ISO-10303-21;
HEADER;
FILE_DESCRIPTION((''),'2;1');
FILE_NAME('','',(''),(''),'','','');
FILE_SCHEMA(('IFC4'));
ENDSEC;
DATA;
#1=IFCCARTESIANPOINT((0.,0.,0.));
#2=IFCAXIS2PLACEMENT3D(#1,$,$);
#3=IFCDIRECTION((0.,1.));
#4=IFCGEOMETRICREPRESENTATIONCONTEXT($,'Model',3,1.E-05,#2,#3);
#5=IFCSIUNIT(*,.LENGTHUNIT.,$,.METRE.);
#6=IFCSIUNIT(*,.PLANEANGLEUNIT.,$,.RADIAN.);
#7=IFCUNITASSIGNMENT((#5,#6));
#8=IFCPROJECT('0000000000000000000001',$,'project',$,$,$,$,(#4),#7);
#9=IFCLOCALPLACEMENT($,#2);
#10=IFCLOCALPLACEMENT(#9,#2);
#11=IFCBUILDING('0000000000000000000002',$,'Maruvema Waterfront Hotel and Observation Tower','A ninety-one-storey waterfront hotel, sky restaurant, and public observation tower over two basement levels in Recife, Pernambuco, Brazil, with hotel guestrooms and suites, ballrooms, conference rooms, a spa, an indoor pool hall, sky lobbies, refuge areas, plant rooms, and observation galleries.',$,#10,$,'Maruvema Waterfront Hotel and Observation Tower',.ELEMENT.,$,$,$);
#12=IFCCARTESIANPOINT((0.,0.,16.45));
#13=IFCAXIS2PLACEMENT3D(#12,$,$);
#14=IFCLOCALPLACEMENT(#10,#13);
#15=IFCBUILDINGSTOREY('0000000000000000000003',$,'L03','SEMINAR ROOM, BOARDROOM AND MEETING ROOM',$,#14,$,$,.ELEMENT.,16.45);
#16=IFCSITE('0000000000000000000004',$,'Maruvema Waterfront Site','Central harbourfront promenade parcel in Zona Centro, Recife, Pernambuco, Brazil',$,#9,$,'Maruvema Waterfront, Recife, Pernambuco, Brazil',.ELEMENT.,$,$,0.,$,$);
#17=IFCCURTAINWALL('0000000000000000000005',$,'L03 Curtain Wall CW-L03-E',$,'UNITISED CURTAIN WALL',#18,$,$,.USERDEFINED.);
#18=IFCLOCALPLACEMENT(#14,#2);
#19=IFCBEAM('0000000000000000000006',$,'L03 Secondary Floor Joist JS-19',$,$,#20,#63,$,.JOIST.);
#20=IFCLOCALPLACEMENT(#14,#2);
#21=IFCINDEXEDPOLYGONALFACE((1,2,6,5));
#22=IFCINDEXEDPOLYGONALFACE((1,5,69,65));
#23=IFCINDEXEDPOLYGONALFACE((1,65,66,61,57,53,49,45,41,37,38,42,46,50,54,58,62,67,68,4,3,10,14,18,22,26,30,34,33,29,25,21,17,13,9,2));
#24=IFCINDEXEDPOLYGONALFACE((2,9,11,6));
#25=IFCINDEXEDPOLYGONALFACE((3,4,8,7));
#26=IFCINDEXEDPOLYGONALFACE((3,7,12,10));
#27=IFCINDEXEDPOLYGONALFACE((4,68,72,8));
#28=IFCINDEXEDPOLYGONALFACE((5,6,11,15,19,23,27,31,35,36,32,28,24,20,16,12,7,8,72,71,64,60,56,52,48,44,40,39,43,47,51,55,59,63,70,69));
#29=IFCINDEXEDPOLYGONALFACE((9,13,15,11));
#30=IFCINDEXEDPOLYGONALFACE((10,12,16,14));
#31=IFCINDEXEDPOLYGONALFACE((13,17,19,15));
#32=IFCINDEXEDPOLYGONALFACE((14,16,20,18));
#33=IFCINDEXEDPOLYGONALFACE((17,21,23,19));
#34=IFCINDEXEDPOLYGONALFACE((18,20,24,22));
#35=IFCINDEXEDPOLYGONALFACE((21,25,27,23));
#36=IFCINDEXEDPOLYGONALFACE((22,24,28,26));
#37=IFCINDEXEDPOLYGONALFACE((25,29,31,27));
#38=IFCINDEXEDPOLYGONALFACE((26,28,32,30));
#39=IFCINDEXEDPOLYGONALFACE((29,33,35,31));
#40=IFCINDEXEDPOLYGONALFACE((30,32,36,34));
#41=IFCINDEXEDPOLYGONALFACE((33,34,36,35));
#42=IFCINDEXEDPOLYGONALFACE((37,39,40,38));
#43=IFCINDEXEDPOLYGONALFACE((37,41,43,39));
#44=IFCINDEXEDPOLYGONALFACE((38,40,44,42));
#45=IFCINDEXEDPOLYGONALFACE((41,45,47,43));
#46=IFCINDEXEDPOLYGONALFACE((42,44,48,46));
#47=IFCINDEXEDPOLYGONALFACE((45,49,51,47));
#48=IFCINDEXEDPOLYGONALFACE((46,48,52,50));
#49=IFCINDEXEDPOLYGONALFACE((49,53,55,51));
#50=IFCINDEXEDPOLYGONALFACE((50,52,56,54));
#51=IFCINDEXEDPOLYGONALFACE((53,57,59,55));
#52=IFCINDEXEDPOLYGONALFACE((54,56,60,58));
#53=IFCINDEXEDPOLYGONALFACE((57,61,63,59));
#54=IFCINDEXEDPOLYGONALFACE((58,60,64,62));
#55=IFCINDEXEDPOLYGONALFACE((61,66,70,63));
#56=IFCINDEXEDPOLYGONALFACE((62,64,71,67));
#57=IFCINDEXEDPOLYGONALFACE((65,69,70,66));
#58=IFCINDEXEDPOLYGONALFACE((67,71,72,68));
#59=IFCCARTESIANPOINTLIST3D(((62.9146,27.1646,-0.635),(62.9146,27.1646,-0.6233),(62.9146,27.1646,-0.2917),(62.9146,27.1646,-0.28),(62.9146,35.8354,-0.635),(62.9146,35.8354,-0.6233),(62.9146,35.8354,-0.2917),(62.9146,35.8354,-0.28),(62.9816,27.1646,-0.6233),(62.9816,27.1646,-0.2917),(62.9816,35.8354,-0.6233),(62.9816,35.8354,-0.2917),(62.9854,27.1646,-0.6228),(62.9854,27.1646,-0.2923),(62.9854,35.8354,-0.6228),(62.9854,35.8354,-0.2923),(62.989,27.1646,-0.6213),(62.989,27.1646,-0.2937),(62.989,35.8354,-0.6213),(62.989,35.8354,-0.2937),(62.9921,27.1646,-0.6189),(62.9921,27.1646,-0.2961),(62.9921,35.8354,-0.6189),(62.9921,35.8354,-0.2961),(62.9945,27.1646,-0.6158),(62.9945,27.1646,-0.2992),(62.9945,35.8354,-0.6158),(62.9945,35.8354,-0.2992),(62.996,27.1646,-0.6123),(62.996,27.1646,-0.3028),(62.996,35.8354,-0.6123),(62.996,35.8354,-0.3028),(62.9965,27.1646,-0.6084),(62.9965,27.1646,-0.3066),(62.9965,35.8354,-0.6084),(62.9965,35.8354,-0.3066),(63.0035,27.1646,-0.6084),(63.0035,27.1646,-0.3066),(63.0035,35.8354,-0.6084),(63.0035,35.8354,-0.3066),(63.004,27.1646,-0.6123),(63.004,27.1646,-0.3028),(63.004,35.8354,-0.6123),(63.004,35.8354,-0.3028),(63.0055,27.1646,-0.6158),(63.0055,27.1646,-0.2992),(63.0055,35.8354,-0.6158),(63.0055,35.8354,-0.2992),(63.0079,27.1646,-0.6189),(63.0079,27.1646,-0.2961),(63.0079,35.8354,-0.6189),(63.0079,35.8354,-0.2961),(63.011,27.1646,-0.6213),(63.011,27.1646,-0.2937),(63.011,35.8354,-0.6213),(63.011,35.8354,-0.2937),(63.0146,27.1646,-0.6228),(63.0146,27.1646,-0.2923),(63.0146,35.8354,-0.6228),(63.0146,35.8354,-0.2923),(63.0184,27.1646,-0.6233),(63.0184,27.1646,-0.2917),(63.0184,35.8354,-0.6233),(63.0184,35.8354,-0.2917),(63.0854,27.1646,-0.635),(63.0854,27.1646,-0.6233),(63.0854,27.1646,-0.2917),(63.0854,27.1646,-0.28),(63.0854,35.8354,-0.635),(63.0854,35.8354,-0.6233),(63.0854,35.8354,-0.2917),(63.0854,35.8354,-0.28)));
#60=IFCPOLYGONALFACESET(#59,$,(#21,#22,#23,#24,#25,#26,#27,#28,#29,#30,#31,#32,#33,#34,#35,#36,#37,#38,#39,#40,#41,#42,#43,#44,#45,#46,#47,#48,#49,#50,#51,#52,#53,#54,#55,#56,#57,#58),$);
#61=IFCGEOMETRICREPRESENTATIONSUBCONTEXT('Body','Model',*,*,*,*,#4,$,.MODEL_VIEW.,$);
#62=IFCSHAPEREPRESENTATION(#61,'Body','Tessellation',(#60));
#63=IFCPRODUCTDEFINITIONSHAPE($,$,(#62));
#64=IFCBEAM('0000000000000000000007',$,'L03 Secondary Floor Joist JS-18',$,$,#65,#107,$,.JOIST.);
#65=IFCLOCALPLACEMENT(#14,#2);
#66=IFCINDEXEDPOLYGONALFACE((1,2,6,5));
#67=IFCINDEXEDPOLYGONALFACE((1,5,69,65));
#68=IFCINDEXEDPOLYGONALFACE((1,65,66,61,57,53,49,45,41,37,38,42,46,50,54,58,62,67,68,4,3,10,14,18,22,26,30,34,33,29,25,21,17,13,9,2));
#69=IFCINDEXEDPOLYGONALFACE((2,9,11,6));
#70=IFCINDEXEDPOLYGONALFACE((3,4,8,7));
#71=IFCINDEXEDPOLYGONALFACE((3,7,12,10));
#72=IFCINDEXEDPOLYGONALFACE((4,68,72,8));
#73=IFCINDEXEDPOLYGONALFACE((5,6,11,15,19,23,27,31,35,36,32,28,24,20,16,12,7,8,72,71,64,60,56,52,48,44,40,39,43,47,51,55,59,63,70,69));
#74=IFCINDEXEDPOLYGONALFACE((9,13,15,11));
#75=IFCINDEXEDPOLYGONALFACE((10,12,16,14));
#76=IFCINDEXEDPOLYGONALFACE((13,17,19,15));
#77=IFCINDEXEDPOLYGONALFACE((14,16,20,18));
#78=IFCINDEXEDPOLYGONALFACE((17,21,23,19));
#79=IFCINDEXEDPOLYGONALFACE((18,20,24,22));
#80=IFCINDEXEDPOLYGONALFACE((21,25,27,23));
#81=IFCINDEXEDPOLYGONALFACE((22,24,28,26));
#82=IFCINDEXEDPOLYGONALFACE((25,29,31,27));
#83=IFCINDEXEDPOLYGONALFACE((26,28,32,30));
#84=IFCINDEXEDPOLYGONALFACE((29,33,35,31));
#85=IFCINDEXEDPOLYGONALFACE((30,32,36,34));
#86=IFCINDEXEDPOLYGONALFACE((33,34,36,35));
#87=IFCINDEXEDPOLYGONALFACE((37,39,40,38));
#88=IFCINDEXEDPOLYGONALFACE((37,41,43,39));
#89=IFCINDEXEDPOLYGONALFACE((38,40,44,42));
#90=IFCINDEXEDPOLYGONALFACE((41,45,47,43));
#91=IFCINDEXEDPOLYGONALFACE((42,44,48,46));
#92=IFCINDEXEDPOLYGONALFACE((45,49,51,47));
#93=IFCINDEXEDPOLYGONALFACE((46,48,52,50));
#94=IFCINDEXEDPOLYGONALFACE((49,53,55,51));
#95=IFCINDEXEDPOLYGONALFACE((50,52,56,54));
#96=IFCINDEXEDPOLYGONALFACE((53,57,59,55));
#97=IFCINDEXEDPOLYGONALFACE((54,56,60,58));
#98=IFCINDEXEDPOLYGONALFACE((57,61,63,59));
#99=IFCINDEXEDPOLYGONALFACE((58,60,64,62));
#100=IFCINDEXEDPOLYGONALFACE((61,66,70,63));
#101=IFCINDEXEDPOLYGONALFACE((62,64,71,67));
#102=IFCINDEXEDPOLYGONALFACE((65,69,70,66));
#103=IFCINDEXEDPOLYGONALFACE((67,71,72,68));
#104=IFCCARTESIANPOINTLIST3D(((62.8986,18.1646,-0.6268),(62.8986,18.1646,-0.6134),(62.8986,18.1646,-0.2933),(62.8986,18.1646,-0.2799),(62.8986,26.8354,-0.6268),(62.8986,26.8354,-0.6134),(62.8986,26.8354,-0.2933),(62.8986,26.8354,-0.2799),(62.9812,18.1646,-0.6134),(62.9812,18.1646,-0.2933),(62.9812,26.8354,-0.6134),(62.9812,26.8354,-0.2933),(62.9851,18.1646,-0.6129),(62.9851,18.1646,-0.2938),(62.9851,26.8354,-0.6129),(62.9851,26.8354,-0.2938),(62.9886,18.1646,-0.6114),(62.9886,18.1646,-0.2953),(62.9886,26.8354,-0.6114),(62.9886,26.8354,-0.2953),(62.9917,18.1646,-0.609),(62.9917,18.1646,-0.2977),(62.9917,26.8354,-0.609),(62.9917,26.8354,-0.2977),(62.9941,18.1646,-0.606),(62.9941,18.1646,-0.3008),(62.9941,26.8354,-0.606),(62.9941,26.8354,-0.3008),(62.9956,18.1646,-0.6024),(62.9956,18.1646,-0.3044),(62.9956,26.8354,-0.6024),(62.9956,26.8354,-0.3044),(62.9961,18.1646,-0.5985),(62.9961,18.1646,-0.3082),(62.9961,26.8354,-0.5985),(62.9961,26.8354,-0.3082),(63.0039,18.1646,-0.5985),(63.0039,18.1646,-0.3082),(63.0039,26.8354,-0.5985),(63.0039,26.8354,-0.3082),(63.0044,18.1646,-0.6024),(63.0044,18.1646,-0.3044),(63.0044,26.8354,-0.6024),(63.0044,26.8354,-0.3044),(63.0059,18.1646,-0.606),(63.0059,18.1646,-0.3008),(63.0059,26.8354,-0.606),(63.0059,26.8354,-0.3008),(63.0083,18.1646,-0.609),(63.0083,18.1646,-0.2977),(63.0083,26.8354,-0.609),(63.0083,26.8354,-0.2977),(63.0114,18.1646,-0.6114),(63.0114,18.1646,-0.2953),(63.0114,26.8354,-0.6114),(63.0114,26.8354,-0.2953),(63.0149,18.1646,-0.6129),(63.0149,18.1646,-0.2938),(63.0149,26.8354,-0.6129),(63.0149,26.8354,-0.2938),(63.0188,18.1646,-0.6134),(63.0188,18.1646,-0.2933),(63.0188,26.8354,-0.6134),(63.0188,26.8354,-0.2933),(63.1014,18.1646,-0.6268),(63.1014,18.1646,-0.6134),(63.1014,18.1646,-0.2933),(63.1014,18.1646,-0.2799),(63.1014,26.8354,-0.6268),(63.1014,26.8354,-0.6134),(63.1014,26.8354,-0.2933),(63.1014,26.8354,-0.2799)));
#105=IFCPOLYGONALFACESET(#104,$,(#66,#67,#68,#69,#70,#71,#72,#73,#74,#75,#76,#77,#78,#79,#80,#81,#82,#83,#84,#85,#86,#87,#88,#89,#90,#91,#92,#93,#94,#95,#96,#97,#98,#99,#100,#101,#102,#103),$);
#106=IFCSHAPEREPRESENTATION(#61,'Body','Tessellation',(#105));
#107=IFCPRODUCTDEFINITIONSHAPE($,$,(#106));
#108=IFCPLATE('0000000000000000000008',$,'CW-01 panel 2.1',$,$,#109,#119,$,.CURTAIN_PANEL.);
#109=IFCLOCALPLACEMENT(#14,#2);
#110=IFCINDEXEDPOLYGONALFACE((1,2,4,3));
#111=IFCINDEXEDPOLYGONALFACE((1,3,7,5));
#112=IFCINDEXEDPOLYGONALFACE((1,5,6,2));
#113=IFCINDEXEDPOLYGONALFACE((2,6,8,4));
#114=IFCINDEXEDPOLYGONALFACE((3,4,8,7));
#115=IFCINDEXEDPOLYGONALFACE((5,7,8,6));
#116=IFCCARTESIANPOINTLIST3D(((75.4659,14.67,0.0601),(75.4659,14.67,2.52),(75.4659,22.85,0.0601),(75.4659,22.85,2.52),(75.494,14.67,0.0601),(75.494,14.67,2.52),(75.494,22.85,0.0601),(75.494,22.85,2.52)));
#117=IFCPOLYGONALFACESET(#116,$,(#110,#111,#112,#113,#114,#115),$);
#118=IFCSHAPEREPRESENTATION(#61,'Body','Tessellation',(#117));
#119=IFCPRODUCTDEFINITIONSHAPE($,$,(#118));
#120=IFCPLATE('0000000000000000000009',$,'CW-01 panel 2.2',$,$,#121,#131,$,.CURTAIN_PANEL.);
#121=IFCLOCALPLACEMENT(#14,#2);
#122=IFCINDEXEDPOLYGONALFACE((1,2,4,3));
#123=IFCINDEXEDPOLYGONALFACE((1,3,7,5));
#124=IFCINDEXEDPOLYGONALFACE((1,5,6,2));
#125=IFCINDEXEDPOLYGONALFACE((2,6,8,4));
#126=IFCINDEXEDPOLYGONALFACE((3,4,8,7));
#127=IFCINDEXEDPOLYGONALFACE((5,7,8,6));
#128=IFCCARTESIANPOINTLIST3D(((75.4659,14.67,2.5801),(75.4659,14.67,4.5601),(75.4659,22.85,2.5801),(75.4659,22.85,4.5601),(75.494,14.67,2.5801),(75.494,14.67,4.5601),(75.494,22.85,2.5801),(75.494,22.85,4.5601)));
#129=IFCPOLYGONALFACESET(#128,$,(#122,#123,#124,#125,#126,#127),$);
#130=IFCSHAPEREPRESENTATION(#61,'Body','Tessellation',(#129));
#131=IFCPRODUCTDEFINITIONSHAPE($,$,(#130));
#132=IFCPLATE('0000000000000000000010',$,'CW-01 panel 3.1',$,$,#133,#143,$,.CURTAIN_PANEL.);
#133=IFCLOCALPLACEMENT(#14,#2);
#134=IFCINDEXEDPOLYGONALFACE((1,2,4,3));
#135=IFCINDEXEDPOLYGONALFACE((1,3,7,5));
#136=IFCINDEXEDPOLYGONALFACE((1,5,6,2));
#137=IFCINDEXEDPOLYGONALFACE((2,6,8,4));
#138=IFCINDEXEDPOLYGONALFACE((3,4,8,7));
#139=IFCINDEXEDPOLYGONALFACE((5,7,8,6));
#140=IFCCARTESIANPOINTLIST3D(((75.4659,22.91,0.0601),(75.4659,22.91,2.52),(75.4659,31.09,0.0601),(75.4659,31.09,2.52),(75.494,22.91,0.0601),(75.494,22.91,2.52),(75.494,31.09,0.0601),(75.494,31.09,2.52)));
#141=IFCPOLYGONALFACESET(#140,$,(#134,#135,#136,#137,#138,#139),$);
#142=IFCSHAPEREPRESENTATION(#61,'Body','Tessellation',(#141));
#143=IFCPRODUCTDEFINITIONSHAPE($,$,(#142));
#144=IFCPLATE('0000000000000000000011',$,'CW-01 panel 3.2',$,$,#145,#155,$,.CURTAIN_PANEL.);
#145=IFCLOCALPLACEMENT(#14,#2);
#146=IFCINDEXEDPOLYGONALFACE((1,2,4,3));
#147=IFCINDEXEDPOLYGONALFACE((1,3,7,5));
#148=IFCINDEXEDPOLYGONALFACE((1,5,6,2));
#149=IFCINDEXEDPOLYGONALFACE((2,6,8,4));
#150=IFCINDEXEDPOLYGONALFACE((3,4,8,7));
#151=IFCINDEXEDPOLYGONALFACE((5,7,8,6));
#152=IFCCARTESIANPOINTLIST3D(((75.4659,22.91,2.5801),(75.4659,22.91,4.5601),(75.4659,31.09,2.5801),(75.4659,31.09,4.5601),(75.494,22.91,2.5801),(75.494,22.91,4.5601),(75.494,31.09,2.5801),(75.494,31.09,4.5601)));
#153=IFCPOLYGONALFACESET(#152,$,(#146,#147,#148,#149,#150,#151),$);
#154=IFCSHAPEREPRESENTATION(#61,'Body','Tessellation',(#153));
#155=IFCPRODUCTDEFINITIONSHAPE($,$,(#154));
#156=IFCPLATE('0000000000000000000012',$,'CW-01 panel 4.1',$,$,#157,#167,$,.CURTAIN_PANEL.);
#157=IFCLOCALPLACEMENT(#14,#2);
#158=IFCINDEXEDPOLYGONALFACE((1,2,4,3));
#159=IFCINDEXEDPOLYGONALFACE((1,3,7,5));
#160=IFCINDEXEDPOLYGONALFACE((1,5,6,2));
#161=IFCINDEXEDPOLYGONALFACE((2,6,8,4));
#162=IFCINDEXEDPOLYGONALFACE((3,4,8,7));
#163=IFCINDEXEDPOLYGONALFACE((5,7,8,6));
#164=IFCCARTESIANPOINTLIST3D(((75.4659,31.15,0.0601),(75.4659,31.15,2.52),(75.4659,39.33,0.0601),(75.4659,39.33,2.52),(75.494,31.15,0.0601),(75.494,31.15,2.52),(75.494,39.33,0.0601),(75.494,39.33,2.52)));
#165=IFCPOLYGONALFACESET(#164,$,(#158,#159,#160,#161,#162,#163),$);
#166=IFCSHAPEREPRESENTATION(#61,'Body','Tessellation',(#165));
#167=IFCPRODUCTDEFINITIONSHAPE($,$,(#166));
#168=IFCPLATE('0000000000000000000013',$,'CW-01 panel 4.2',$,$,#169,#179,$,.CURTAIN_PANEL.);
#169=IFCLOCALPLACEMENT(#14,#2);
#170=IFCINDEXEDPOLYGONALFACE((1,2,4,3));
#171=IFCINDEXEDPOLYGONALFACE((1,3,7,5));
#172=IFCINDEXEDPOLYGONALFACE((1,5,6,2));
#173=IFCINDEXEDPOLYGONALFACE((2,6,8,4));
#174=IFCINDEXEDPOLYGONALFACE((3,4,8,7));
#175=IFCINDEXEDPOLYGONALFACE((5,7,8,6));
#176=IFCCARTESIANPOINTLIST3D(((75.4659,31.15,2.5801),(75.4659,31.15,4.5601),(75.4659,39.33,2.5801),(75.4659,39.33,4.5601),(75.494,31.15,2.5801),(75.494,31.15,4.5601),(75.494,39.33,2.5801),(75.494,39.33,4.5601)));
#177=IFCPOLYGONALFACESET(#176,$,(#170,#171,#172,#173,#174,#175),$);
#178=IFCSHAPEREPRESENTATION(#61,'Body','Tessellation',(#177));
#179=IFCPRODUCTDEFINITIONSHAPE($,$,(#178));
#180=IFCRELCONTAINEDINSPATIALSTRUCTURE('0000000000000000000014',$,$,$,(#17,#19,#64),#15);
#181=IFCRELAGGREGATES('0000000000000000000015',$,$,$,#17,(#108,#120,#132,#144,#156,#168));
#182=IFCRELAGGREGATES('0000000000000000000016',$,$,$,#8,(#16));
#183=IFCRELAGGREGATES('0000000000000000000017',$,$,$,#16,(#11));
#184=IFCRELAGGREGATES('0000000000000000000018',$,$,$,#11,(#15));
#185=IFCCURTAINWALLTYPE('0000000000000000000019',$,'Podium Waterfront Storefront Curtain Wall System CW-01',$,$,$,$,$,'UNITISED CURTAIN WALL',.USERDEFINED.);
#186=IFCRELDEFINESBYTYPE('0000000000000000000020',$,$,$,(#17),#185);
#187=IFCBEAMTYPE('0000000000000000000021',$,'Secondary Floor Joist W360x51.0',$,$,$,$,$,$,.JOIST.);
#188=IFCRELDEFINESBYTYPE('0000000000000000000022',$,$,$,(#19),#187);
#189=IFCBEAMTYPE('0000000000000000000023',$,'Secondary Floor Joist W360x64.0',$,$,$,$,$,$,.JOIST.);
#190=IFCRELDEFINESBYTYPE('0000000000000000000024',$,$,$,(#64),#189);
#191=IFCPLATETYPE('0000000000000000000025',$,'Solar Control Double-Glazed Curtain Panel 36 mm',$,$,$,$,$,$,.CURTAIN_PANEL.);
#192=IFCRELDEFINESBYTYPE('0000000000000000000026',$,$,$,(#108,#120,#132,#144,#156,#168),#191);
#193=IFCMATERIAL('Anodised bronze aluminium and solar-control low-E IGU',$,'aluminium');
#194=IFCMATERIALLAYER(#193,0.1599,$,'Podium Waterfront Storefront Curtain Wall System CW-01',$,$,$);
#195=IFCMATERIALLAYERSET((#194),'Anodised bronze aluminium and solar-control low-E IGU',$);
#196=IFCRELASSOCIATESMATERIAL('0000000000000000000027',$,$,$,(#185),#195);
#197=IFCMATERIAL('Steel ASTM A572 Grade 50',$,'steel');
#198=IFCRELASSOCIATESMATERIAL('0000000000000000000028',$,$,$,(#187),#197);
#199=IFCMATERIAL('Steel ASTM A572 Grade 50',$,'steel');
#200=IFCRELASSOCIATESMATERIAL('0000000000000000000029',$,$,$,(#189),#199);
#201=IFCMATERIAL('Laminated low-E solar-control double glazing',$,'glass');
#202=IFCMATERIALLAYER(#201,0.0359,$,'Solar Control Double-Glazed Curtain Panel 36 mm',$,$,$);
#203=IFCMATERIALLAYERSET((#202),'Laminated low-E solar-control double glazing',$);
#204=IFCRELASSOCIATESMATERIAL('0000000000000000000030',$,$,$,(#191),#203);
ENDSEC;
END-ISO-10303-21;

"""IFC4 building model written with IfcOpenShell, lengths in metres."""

from ifc_helpers import new_model, si_unit, direction, frame, origin, origin_2d, place, context, subcontext, project, spatial, rectangle, i_section, extrude, material, layer, layer_set, material_profile, profile_set, type_object, element, aggregate, save


model = new_model("IFC4")

# Units and contexts
model_context = context("Model", 3, precision=1e-05, world=origin(), true_north=direction((0.0, 1.0)))
body_context = subcontext(model_context, "Body", "Model", "MODEL_VIEW")
ifc_project = project(units=[si_unit("LENGTHUNIT", "METRE"), si_unit("PLANEANGLEUNIT", "RADIAN")], contexts=[model_context])

# Site, building, storey
site_placement = place(None, origin())
site = spatial("IfcSite", under=ifc_project, at=site_placement, Name="Maruvema Waterfront Site", Description="Central harbourfront promenade parcel in Zona Centro, Recife, Pernambuco, Brazil", LongName="Maruvema Waterfront, Recife, Pernambuco, Brazil", CompositionType="ELEMENT", RefElevation=0.0)
building_placement = place(site_placement, origin())
building = spatial("IfcBuilding", under=site, at=building_placement, Name="Maruvema Waterfront Hotel and Observation Tower", Description="A ninety-one-storey waterfront hotel, sky restaurant, and public observation tower over two basement levels in Recife, Pernambuco, Brazil, with hotel guestrooms and suites, ballrooms, conference rooms, a spa, an indoor pool hall, sky lobbies, refuge areas, plant rooms, and observation galleries.", LongName="Maruvema Waterfront Hotel and Observation Tower", CompositionType="ELEMENT")
storey_placement = place(building_placement, frame((0.0, 0.0, 16.45)))
storey = spatial("IfcBuildingStorey", under=building, at=storey_placement, Name="L03", Description="SEMINAR ROOM, BOARDROOM AND MEETING ROOM", CompositionType="ELEMENT", Elevation=16.45)

# Curtain wall
ifc_material_1 = material(Name="Anodised bronze aluminium and solar-control low-E IGU", Category="aluminium")
ifc_layer_1 = layer(ifc_material_1, 0.1599, Name="Podium Waterfront Storefront Curtain Wall System CW-01")
ifc_layer_set_1 = layer_set([ifc_layer_1], Name="Anodised bronze aluminium and solar-control low-E IGU")
curtain_wall_type = type_object("IfcCurtainWallType", Name="Podium Waterfront Storefront Curtain Wall System CW-01", ElementType="UNITISED CURTAIN WALL", PredefinedType="USERDEFINED", material=ifc_layer_set_1)
curtain_wall_placement = place(storey_placement, origin())
curtain_wall = element("IfcCurtainWall", 1, at=curtain_wall_placement, inside=storey, type_object=curtain_wall_type, Name="L03 Curtain Wall CW-L03-E", ObjectType="UNITISED CURTAIN WALL", PredefinedType="USERDEFINED")

# Beams
ifc_material_2 = material(Name="Steel ASTM A572 Grade 50", Category="steel")
ifc_material_profile_1 = material_profile(ifc_material_2, i_section(OverallWidth=0.1709, OverallDepth=0.355, WebThickness=0.0071, FlangeThickness=0.0117, FilletRadius=0.0149, at=origin_2d()), Name="W360x51.0")
ifc_profile_set_1 = profile_set([ifc_material_profile_1], Name="Steel ASTM A572 Grade 50")
beam_type_1 = type_object("IfcBeamType", Name="Secondary Floor Joist W360x51.0", PredefinedType="JOIST", material=ifc_profile_set_1)
beam_1_placement = place(storey_placement, frame((63.0, 27.1646, -0.4575), z_axis=(0.0, 1.0, 0.0), x_axis=(-1.0, 0.0, 0.0)))
element("IfcBeam", 2, at=beam_1_placement, inside=storey, type_object=beam_type_1, Name="L03 Secondary Floor Joist JS-19", PredefinedType="JOIST", context=body_context, shape_type="SweptSolid", body=[
    extrude(i_section(OverallWidth=0.1709, OverallDepth=0.355, WebThickness=0.0071, FlangeThickness=0.0117, FilletRadius=0.0149, at=origin_2d()), origin(), (0.0, 0.0, 1.0), 8.6709),
])
ifc_material_3 = material(Name="Steel ASTM A572 Grade 50", Category="steel")
ifc_material_profile_2 = material_profile(ifc_material_3, i_section(OverallWidth=0.2029, OverallDepth=0.3469, WebThickness=0.0078, FlangeThickness=0.0134, FilletRadius=0.0149, at=origin_2d()), Name="W360x64.0")
ifc_profile_set_2 = profile_set([ifc_material_profile_2], Name="Steel ASTM A572 Grade 50")
beam_type_2 = type_object("IfcBeamType", Name="Secondary Floor Joist W360x64.0", PredefinedType="JOIST", material=ifc_profile_set_2)
beam_2_placement = place(storey_placement, frame((63.0, 18.1646, -0.4534), z_axis=(0.0, 1.0, 0.0), x_axis=(-1.0, 0.0, 0.0)))
element("IfcBeam", 3, at=beam_2_placement, inside=storey, type_object=beam_type_2, Name="L03 Secondary Floor Joist JS-18", PredefinedType="JOIST", context=body_context, shape_type="SweptSolid", body=[
    extrude(i_section(OverallWidth=0.2029, OverallDepth=0.3469, WebThickness=0.0078, FlangeThickness=0.0134, FilletRadius=0.0149, at=origin_2d()), origin(), (0.0, 0.0, 1.0), 8.6709),
])

# Plates
ifc_material_4 = material(Name="Laminated low-E solar-control double glazing", Category="glass")
ifc_layer_2 = layer(ifc_material_4, 0.0359, Name="Solar Control Double-Glazed Curtain Panel 36 mm")
ifc_layer_set_2 = layer_set([ifc_layer_2], Name="Laminated low-E solar-control double glazing")
plate_type = type_object("IfcPlateType", Name="Solar Control Double-Glazed Curtain Panel 36 mm", PredefinedType="CURTAIN_PANEL", material=ifc_layer_set_2)
plate_1_placement = place(storey_placement, frame((75.48, 18.76, 0.0601), z_axis=(0.0, 0.0, 1.0), x_axis=(0.0, 1.0, 0.0)))
plate_1 = element("IfcPlate", 4, at=plate_1_placement, type_object=plate_type, Name="CW-01 panel 2.1", PredefinedType="CURTAIN_PANEL", context=body_context, shape_type="SweptSolid", body=[
    extrude(rectangle(XDim=8.1799, YDim=0.0281, at=origin_2d()), origin(), (0.0, 0.0, 1.0), 2.46),
])
plate_2_placement = place(storey_placement, frame((75.48, 18.76, 2.5801), z_axis=(0.0, 0.0, 1.0), x_axis=(0.0, 1.0, 0.0)))
plate_2 = element("IfcPlate", 5, at=plate_2_placement, type_object=plate_type, Name="CW-01 panel 2.2", PredefinedType="CURTAIN_PANEL", context=body_context, shape_type="SweptSolid", body=[
    extrude(rectangle(XDim=8.1799, YDim=0.0281, at=origin_2d()), origin(), (0.0, 0.0, 1.0), 1.98),
])
plate_3_placement = place(storey_placement, frame((75.48, 27.0, 0.0601), z_axis=(0.0, 0.0, 1.0), x_axis=(0.0, 1.0, 0.0)))
plate_3 = element("IfcPlate", 6, at=plate_3_placement, type_object=plate_type, Name="CW-01 panel 3.1", PredefinedType="CURTAIN_PANEL", context=body_context, shape_type="SweptSolid", body=[
    extrude(rectangle(XDim=8.1799, YDim=0.0281, at=origin_2d()), origin(), (0.0, 0.0, 1.0), 2.46),
])
plate_4_placement = place(storey_placement, frame((75.48, 27.0, 2.5801), z_axis=(0.0, 0.0, 1.0), x_axis=(0.0, 1.0, 0.0)))
plate_4 = element("IfcPlate", 7, at=plate_4_placement, type_object=plate_type, Name="CW-01 panel 3.2", PredefinedType="CURTAIN_PANEL", context=body_context, shape_type="SweptSolid", body=[
    extrude(rectangle(XDim=8.1799, YDim=0.0281, at=origin_2d()), origin(), (0.0, 0.0, 1.0), 1.98),
])
plate_5_placement = place(storey_placement, frame((75.48, 35.24, 0.0601), z_axis=(0.0, 0.0, 1.0), x_axis=(0.0, 1.0, 0.0)))
plate_5 = element("IfcPlate", 8, at=plate_5_placement, type_object=plate_type, Name="CW-01 panel 4.1", PredefinedType="CURTAIN_PANEL", context=body_context, shape_type="SweptSolid", body=[
    extrude(rectangle(XDim=8.1799, YDim=0.0281, at=origin_2d()), origin(), (0.0, 0.0, 1.0), 2.46),
])
plate_6_placement = place(storey_placement, frame((75.48, 35.24, 2.5801), z_axis=(0.0, 0.0, 1.0), x_axis=(0.0, 1.0, 0.0)))
plate_6 = element("IfcPlate", 9, at=plate_6_placement, type_object=plate_type, Name="CW-01 panel 4.2", PredefinedType="CURTAIN_PANEL", context=body_context, shape_type="SweptSolid", body=[
    extrude(rectangle(XDim=8.1799, YDim=0.0281, at=origin_2d()), origin(), (0.0, 0.0, 1.0), 1.98),
])
aggregate(curtain_wall, [plate_1, plate_2, plate_3, plate_4, plate_5, plate_6])

save(model, "model.ifc")
